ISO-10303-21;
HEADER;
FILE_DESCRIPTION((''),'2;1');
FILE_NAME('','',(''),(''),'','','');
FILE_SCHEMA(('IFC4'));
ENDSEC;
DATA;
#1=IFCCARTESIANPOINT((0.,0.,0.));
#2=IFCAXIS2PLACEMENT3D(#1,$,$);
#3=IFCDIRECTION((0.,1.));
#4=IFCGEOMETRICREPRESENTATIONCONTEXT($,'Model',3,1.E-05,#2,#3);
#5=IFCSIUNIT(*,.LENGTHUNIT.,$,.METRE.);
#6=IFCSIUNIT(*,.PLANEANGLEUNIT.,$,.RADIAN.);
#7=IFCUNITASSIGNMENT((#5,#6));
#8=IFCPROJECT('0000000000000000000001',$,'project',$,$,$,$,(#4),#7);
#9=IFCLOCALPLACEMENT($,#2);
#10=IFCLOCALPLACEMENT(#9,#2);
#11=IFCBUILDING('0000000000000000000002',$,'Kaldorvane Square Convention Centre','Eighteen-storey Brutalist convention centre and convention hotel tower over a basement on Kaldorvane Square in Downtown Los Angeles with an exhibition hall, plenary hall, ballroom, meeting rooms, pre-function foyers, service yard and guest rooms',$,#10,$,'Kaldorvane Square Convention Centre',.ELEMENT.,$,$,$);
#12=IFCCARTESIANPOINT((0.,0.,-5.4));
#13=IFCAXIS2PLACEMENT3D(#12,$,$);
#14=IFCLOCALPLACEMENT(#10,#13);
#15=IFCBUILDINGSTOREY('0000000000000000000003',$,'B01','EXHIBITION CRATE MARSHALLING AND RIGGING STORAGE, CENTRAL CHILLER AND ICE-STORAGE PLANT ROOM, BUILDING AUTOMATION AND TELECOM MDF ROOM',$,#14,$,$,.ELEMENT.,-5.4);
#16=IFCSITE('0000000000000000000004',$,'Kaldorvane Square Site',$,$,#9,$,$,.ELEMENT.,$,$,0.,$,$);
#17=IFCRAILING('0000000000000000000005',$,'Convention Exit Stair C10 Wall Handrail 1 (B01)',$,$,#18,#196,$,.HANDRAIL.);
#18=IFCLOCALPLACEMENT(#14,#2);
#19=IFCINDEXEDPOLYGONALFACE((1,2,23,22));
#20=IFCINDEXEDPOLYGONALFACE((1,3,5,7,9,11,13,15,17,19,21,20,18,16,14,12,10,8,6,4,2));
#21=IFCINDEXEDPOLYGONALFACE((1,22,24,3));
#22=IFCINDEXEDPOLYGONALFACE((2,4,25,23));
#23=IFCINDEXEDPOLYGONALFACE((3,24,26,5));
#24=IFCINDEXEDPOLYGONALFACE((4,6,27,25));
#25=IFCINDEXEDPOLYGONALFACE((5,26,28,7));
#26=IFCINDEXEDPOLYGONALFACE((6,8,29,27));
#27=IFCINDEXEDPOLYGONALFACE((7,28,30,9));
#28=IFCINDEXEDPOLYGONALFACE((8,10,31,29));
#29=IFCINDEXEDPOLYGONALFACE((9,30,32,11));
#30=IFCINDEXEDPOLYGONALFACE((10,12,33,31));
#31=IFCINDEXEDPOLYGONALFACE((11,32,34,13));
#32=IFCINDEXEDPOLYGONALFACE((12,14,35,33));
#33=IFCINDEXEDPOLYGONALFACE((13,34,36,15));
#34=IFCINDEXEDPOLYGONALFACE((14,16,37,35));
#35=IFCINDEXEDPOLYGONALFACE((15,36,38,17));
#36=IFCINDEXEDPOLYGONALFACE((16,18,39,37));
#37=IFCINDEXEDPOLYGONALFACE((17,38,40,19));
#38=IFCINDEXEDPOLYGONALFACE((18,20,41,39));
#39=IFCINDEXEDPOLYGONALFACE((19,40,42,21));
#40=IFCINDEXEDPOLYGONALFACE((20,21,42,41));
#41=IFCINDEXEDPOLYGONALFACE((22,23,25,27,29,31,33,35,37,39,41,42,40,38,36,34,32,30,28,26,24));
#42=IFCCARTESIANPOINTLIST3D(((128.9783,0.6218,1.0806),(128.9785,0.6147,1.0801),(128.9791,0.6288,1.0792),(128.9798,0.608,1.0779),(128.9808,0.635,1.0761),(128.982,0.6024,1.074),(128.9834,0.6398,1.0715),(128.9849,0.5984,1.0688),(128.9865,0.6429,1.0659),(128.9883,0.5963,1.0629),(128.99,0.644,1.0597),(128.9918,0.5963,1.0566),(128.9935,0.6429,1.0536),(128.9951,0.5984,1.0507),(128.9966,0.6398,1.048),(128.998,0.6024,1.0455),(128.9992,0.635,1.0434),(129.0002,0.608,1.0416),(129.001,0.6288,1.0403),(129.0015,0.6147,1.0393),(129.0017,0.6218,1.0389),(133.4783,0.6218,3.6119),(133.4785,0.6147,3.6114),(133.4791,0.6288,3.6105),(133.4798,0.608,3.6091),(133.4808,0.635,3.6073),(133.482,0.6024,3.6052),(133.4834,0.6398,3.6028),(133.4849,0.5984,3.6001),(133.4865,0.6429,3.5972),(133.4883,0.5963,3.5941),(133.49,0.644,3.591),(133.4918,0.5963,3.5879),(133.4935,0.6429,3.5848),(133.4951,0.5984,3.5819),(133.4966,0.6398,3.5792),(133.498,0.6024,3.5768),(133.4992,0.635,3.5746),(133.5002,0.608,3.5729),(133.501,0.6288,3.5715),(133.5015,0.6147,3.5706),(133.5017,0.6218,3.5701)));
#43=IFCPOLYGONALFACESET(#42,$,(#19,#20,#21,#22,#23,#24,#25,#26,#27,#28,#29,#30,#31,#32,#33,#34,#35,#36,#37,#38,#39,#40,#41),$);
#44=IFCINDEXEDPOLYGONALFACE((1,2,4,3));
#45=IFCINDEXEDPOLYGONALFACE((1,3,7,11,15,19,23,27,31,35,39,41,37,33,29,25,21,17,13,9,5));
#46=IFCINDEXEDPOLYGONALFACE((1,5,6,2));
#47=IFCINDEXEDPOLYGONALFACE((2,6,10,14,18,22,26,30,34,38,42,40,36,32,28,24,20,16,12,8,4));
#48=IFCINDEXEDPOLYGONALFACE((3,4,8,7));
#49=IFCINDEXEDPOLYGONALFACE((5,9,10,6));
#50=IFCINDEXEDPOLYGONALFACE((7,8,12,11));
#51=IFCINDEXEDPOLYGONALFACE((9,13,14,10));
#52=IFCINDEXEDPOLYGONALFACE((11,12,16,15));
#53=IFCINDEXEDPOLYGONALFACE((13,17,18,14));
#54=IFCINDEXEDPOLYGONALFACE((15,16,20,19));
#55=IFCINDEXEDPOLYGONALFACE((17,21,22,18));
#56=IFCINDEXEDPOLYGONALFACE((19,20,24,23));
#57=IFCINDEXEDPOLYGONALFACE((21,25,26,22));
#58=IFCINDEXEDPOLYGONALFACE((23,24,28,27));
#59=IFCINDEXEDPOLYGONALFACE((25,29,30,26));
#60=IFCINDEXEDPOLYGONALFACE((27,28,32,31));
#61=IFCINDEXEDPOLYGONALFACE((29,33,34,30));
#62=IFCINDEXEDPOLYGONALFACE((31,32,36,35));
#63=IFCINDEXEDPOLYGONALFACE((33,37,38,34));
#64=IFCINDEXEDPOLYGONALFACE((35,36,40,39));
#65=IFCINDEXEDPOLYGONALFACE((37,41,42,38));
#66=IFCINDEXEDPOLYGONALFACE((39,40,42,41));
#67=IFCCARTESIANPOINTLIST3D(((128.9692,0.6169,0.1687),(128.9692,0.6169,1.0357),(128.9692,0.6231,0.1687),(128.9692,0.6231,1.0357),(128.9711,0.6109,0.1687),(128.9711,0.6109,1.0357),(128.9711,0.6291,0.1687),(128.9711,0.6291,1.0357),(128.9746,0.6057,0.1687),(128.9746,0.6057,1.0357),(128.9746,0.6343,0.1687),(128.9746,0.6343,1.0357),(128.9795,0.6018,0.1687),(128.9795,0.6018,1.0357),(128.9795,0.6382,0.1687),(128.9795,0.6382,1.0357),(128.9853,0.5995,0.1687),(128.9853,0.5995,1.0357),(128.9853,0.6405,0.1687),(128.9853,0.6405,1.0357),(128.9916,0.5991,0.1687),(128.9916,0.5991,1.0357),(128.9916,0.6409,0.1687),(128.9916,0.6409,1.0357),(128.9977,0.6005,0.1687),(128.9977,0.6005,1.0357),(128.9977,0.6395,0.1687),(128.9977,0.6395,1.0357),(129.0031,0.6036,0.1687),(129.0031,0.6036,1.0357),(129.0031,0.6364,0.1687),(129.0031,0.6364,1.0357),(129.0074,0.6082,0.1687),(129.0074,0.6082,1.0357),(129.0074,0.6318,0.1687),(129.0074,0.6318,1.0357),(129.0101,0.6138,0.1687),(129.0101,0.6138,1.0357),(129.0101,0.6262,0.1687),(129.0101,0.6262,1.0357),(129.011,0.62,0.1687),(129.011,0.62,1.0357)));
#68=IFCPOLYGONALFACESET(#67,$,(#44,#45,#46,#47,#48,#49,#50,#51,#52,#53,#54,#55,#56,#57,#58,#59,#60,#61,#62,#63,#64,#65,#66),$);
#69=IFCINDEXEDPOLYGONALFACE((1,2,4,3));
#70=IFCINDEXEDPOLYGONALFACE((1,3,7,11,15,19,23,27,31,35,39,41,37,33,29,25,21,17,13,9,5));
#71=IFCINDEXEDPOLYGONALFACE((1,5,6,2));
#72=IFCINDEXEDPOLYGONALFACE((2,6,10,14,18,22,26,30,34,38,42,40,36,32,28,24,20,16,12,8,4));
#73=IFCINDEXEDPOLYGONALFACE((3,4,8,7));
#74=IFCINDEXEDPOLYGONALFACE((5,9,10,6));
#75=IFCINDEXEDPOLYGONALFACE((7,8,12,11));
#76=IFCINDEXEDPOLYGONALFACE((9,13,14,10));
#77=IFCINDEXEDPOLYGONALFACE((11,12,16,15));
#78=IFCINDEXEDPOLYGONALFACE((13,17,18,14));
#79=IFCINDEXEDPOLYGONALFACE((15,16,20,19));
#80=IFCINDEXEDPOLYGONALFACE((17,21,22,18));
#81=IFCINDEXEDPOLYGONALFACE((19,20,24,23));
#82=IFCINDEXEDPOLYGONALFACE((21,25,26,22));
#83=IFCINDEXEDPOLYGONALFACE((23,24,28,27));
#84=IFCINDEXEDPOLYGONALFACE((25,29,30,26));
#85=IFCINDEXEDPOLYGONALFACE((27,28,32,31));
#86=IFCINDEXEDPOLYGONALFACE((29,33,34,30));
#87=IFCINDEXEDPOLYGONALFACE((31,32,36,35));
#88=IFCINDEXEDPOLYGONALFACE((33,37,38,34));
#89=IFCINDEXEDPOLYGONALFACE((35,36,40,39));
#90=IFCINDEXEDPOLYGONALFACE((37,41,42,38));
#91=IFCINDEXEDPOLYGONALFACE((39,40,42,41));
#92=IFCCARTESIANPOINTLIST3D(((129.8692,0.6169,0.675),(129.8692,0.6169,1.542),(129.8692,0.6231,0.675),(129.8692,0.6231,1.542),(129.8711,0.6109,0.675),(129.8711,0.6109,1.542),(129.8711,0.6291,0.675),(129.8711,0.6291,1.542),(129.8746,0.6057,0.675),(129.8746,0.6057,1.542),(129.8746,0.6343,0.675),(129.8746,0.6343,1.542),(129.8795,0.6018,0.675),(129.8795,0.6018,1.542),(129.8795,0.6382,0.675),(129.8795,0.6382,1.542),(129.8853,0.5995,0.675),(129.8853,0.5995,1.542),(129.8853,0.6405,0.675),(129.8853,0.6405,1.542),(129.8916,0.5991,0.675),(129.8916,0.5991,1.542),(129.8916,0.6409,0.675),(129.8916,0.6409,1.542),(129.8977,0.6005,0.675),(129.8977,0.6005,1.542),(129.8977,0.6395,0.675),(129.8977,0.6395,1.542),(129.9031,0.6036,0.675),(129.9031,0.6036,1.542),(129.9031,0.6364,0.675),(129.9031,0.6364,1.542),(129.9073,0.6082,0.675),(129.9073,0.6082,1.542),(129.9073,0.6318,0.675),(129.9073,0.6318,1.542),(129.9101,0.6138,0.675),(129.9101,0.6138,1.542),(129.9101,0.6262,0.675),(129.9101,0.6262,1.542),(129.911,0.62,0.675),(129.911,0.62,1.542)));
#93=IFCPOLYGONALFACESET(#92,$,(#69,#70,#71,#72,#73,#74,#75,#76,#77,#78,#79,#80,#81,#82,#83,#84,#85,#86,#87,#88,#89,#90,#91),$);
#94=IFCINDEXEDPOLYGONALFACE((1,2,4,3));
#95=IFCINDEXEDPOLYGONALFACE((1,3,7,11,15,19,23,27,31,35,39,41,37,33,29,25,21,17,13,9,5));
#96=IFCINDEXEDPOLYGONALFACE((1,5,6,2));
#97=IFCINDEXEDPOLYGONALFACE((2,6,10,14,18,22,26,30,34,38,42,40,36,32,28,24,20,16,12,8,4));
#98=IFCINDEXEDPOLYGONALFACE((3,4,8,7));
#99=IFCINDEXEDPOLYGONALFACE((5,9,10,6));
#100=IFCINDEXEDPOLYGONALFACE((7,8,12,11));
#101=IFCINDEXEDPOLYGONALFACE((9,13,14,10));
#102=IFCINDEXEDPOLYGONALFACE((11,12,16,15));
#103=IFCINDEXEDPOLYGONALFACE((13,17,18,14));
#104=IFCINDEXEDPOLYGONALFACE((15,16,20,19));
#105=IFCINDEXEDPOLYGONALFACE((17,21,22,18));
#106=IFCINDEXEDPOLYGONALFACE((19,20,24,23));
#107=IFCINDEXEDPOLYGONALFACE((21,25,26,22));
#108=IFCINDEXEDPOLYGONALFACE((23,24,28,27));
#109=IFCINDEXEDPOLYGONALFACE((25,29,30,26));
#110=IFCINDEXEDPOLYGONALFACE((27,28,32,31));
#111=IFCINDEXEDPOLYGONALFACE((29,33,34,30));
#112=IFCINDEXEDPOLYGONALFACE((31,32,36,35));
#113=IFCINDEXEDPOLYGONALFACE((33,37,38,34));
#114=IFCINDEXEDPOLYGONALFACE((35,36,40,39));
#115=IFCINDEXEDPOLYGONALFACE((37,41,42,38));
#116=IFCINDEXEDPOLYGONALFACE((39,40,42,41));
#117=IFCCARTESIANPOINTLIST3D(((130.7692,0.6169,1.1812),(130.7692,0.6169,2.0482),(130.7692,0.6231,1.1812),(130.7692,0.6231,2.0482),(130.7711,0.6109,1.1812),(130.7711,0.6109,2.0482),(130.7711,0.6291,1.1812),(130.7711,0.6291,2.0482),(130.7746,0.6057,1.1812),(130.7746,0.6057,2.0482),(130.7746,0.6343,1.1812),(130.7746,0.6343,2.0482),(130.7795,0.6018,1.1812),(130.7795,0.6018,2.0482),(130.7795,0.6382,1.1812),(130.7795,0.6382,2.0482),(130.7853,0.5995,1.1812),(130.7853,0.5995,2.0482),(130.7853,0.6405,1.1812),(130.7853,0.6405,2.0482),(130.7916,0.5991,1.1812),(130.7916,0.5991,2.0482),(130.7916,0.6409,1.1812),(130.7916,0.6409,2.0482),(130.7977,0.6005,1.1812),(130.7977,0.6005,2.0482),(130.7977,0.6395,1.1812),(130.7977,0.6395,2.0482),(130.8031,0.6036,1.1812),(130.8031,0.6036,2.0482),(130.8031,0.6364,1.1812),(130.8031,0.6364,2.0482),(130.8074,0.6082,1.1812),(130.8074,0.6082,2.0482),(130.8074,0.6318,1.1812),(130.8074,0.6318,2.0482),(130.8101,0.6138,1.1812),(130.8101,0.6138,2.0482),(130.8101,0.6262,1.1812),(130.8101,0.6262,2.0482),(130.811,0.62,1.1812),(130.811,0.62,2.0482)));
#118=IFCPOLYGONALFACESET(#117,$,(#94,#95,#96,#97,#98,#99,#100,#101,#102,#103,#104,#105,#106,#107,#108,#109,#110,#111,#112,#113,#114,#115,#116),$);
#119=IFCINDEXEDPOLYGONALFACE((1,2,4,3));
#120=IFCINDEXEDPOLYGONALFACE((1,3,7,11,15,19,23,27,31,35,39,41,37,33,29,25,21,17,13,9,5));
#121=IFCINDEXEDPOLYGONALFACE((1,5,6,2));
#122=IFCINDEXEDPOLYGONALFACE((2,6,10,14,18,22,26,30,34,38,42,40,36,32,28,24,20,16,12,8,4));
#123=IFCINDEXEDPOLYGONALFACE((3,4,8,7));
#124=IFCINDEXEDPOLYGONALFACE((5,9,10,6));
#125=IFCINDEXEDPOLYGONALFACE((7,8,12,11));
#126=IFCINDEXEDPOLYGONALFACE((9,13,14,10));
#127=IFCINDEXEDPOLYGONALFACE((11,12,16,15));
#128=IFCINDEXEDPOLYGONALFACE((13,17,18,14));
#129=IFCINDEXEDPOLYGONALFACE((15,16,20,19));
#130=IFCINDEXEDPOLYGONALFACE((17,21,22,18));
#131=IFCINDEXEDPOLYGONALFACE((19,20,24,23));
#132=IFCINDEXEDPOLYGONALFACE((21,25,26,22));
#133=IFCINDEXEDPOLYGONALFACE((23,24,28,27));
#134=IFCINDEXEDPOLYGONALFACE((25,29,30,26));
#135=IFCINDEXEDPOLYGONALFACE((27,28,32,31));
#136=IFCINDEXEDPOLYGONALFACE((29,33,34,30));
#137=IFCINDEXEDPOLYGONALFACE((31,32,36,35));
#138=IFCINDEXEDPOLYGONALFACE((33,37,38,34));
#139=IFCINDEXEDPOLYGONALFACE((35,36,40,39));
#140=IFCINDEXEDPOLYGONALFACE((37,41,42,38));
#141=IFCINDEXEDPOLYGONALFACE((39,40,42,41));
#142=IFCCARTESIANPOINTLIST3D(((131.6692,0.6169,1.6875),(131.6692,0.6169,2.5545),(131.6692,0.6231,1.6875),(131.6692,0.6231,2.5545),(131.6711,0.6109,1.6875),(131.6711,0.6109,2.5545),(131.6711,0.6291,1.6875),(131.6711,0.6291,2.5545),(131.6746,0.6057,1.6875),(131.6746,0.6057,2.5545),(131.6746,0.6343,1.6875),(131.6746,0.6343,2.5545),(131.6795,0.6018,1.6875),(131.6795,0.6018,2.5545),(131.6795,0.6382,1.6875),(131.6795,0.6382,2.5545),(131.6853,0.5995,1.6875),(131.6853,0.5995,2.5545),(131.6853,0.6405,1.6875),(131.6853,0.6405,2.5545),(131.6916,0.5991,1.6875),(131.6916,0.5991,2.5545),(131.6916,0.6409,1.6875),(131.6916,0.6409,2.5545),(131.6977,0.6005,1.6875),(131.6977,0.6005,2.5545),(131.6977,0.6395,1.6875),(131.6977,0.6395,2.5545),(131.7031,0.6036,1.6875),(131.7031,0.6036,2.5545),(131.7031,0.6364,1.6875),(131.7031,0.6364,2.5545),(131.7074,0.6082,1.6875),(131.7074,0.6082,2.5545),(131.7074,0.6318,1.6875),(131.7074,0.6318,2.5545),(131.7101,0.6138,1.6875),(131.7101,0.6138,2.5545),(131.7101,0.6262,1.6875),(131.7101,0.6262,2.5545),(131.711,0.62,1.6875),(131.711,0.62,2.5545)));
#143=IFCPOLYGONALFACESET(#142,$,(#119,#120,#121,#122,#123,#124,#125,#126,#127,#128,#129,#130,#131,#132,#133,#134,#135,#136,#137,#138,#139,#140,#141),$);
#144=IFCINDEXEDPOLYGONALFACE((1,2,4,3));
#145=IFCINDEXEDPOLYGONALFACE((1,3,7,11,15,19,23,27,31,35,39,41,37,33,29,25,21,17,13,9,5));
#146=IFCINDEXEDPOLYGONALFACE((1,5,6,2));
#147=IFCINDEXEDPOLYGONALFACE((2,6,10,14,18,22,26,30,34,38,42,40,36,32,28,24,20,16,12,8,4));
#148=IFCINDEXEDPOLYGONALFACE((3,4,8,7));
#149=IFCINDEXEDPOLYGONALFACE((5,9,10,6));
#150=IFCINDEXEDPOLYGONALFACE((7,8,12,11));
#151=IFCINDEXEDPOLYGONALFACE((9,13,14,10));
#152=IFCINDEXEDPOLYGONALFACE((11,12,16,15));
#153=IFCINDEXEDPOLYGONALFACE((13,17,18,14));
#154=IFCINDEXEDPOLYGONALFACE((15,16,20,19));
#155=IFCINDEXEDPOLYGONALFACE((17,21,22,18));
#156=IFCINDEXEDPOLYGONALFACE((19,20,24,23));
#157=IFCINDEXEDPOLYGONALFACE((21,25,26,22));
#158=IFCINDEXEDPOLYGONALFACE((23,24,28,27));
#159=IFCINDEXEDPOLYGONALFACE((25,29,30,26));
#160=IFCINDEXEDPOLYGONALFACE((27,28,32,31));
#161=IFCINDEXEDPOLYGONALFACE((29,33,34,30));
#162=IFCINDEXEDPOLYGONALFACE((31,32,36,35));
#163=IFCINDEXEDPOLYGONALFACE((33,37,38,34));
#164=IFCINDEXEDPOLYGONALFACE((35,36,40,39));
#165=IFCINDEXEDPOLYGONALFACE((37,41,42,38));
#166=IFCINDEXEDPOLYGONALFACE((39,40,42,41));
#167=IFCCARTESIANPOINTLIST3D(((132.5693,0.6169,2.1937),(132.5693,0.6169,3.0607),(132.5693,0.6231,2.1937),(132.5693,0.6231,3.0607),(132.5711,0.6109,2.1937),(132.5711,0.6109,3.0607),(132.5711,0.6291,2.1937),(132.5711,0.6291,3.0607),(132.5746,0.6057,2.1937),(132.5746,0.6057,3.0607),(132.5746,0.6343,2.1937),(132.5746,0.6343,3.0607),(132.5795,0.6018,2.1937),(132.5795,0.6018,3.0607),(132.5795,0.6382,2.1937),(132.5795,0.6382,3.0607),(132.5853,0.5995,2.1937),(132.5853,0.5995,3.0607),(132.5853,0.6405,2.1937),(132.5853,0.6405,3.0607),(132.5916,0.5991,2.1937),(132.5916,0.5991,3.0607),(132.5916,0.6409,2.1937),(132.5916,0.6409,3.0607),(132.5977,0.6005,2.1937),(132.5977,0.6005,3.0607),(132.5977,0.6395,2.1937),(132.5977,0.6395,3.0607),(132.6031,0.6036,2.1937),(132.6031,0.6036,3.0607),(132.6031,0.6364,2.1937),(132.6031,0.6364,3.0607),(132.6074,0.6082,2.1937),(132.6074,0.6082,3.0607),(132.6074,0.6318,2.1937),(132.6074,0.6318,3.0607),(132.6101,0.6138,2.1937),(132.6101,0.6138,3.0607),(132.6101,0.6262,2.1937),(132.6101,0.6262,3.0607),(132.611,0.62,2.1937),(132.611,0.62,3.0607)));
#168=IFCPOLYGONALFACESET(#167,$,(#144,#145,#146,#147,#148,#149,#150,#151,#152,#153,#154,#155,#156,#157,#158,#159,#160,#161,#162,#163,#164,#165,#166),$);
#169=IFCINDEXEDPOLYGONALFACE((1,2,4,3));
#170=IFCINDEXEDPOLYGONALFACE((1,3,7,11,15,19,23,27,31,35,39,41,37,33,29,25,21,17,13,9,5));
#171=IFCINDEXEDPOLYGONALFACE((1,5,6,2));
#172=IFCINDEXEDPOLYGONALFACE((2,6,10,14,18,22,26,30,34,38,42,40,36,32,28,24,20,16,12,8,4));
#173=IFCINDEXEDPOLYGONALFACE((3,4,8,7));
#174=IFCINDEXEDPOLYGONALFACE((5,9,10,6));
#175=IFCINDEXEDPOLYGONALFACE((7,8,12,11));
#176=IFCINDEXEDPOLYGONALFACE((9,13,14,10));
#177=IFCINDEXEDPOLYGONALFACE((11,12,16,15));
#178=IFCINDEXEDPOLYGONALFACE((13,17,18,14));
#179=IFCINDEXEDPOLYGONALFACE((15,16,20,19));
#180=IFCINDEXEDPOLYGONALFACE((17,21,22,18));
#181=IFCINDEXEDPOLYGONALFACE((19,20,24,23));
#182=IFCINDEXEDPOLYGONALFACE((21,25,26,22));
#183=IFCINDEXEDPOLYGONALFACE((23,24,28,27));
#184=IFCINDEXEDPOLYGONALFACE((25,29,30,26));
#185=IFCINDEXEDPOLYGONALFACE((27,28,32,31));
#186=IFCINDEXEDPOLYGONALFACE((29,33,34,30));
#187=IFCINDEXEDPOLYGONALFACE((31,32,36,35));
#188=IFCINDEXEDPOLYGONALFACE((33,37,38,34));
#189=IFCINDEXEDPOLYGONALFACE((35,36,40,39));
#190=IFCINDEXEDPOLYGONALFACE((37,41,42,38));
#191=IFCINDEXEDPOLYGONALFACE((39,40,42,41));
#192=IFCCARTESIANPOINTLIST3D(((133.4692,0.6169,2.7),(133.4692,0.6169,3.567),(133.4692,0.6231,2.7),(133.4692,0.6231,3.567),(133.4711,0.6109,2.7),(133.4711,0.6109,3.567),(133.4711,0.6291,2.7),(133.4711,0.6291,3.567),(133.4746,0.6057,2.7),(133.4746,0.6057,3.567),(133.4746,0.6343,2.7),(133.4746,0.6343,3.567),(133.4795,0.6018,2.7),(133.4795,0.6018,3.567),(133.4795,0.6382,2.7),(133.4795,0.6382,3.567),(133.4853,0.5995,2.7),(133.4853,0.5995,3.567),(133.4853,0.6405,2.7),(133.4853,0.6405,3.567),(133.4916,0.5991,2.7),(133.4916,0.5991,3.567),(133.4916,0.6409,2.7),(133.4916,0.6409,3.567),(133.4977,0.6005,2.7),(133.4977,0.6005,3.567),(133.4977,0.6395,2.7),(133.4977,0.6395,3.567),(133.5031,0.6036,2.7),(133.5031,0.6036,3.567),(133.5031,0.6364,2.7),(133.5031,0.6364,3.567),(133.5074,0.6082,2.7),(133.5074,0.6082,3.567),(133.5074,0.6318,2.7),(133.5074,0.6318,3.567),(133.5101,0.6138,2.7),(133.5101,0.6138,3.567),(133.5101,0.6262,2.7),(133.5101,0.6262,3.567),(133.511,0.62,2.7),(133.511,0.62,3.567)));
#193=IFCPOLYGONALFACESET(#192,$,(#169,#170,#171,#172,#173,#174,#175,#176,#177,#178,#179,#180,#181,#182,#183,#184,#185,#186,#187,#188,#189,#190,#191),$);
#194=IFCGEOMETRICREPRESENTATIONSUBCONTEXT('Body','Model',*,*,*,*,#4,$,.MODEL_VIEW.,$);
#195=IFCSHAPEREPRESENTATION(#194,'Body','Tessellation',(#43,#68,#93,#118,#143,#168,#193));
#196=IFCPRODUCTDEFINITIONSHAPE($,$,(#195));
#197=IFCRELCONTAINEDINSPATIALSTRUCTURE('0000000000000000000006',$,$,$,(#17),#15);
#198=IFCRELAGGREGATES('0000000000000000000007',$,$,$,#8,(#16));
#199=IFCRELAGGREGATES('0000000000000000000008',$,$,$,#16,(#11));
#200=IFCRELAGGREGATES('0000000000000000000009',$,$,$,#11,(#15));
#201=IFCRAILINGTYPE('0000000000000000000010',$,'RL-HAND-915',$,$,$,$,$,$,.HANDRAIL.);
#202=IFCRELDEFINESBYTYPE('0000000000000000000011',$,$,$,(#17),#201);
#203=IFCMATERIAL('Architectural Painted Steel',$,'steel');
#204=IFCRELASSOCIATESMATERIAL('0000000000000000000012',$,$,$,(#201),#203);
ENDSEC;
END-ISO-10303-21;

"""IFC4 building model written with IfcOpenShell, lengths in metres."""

from ifc_helpers import new_model, si_unit, direction, frame, origin, origin_2d, place, context, subcontext, project, spatial, circle, extrude, material, type_object, element, save


model = new_model("IFC4")

# Units and contexts
model_context = context("Model", 3, precision=1e-05, world=origin(), true_north=direction((0.0, 1.0)))
body_context = subcontext(model_context, "Body", "Model", "MODEL_VIEW")
ifc_project = project(units=[si_unit("LENGTHUNIT", "METRE"), si_unit("PLANEANGLEUNIT", "RADIAN")], contexts=[model_context])

# Site, building, storey
site_placement = place(None, origin())
site = spatial("IfcSite", under=ifc_project, at=site_placement, Name="Kaldorvane Square Site", CompositionType="ELEMENT", RefElevation=0.0)
building_placement = place(site_placement, origin())
building = spatial("IfcBuilding", under=site, at=building_placement, Name="Kaldorvane Square Convention Centre", Description="Eighteen-storey Brutalist convention centre and convention hotel tower over a basement on Kaldorvane Square in Downtown Los Angeles with an exhibition hall, plenary hall, ballroom, meeting rooms, pre-function foyers, service yard and guest rooms", LongName="Kaldorvane Square Convention Centre", CompositionType="ELEMENT")
storey_placement = place(building_placement, frame((0.0, 0.0, -5.4)))
storey = spatial("IfcBuildingStorey", under=building, at=storey_placement, Name="B01", Description="EXHIBITION CRATE MARSHALLING AND RIGGING STORAGE, CENTRAL CHILLER AND ICE-STORAGE PLANT ROOM, BUILDING AUTOMATION AND TELECOM MDF ROOM", CompositionType="ELEMENT", Elevation=-5.4)

# Railing
ifc_material_1 = material(Name="Architectural Painted Steel", Category="steel")
railing_type_1 = type_object("IfcRailingType", Name="RL-HAND-915", PredefinedType="HANDRAIL", material=ifc_material_1)
for number, where, name in (
    (1, (128.99, 0.62, 0.1687), "Convention Exit Stair C10 Wall Handrail 1 (B01)"),
):
    element("IfcRailing", number, at=place(storey_placement, frame(where)), inside=storey, type_object=railing_type_1, Name=name, PredefinedType="HANDRAIL", context=body_context, shape_type="SweptSolid", body=[
        extrude(circle(Radius=0.024, at=origin_2d()), frame((0.0, 0.0, 0.891), z_axis=(0.871576, 0.0, 0.490261), x_axis=(0.0, 1.0, 0.0)), (0.0, 0.0, 1.0), 5.1631),
        extrude(circle(Radius=0.021, at=origin_2d()), origin(), (0.0, 0.0, 1.0), 0.867),
        extrude(circle(Radius=0.021, at=origin_2d()), frame((0.9, 0.0, 0.5063)), (0.0, 0.0, 1.0), 0.867),
        extrude(circle(Radius=0.021, at=origin_2d()), frame((1.8, 0.0, 1.0125)), (0.0, 0.0, 1.0), 0.867),
        extrude(circle(Radius=0.021, at=origin_2d()), frame((2.7, 0.0, 1.5188)), (0.0, 0.0, 1.0), 0.867),
        extrude(circle(Radius=0.021, at=origin_2d()), frame((3.6, 0.0, 2.025)), (0.0, 0.0, 1.0), 0.867),
        extrude(circle(Radius=0.021, at=origin_2d()), frame((4.5, 0.0, 2.5312)), (0.0, 0.0, 1.0), 0.867),
    ])

save(model, "model.ifc")
